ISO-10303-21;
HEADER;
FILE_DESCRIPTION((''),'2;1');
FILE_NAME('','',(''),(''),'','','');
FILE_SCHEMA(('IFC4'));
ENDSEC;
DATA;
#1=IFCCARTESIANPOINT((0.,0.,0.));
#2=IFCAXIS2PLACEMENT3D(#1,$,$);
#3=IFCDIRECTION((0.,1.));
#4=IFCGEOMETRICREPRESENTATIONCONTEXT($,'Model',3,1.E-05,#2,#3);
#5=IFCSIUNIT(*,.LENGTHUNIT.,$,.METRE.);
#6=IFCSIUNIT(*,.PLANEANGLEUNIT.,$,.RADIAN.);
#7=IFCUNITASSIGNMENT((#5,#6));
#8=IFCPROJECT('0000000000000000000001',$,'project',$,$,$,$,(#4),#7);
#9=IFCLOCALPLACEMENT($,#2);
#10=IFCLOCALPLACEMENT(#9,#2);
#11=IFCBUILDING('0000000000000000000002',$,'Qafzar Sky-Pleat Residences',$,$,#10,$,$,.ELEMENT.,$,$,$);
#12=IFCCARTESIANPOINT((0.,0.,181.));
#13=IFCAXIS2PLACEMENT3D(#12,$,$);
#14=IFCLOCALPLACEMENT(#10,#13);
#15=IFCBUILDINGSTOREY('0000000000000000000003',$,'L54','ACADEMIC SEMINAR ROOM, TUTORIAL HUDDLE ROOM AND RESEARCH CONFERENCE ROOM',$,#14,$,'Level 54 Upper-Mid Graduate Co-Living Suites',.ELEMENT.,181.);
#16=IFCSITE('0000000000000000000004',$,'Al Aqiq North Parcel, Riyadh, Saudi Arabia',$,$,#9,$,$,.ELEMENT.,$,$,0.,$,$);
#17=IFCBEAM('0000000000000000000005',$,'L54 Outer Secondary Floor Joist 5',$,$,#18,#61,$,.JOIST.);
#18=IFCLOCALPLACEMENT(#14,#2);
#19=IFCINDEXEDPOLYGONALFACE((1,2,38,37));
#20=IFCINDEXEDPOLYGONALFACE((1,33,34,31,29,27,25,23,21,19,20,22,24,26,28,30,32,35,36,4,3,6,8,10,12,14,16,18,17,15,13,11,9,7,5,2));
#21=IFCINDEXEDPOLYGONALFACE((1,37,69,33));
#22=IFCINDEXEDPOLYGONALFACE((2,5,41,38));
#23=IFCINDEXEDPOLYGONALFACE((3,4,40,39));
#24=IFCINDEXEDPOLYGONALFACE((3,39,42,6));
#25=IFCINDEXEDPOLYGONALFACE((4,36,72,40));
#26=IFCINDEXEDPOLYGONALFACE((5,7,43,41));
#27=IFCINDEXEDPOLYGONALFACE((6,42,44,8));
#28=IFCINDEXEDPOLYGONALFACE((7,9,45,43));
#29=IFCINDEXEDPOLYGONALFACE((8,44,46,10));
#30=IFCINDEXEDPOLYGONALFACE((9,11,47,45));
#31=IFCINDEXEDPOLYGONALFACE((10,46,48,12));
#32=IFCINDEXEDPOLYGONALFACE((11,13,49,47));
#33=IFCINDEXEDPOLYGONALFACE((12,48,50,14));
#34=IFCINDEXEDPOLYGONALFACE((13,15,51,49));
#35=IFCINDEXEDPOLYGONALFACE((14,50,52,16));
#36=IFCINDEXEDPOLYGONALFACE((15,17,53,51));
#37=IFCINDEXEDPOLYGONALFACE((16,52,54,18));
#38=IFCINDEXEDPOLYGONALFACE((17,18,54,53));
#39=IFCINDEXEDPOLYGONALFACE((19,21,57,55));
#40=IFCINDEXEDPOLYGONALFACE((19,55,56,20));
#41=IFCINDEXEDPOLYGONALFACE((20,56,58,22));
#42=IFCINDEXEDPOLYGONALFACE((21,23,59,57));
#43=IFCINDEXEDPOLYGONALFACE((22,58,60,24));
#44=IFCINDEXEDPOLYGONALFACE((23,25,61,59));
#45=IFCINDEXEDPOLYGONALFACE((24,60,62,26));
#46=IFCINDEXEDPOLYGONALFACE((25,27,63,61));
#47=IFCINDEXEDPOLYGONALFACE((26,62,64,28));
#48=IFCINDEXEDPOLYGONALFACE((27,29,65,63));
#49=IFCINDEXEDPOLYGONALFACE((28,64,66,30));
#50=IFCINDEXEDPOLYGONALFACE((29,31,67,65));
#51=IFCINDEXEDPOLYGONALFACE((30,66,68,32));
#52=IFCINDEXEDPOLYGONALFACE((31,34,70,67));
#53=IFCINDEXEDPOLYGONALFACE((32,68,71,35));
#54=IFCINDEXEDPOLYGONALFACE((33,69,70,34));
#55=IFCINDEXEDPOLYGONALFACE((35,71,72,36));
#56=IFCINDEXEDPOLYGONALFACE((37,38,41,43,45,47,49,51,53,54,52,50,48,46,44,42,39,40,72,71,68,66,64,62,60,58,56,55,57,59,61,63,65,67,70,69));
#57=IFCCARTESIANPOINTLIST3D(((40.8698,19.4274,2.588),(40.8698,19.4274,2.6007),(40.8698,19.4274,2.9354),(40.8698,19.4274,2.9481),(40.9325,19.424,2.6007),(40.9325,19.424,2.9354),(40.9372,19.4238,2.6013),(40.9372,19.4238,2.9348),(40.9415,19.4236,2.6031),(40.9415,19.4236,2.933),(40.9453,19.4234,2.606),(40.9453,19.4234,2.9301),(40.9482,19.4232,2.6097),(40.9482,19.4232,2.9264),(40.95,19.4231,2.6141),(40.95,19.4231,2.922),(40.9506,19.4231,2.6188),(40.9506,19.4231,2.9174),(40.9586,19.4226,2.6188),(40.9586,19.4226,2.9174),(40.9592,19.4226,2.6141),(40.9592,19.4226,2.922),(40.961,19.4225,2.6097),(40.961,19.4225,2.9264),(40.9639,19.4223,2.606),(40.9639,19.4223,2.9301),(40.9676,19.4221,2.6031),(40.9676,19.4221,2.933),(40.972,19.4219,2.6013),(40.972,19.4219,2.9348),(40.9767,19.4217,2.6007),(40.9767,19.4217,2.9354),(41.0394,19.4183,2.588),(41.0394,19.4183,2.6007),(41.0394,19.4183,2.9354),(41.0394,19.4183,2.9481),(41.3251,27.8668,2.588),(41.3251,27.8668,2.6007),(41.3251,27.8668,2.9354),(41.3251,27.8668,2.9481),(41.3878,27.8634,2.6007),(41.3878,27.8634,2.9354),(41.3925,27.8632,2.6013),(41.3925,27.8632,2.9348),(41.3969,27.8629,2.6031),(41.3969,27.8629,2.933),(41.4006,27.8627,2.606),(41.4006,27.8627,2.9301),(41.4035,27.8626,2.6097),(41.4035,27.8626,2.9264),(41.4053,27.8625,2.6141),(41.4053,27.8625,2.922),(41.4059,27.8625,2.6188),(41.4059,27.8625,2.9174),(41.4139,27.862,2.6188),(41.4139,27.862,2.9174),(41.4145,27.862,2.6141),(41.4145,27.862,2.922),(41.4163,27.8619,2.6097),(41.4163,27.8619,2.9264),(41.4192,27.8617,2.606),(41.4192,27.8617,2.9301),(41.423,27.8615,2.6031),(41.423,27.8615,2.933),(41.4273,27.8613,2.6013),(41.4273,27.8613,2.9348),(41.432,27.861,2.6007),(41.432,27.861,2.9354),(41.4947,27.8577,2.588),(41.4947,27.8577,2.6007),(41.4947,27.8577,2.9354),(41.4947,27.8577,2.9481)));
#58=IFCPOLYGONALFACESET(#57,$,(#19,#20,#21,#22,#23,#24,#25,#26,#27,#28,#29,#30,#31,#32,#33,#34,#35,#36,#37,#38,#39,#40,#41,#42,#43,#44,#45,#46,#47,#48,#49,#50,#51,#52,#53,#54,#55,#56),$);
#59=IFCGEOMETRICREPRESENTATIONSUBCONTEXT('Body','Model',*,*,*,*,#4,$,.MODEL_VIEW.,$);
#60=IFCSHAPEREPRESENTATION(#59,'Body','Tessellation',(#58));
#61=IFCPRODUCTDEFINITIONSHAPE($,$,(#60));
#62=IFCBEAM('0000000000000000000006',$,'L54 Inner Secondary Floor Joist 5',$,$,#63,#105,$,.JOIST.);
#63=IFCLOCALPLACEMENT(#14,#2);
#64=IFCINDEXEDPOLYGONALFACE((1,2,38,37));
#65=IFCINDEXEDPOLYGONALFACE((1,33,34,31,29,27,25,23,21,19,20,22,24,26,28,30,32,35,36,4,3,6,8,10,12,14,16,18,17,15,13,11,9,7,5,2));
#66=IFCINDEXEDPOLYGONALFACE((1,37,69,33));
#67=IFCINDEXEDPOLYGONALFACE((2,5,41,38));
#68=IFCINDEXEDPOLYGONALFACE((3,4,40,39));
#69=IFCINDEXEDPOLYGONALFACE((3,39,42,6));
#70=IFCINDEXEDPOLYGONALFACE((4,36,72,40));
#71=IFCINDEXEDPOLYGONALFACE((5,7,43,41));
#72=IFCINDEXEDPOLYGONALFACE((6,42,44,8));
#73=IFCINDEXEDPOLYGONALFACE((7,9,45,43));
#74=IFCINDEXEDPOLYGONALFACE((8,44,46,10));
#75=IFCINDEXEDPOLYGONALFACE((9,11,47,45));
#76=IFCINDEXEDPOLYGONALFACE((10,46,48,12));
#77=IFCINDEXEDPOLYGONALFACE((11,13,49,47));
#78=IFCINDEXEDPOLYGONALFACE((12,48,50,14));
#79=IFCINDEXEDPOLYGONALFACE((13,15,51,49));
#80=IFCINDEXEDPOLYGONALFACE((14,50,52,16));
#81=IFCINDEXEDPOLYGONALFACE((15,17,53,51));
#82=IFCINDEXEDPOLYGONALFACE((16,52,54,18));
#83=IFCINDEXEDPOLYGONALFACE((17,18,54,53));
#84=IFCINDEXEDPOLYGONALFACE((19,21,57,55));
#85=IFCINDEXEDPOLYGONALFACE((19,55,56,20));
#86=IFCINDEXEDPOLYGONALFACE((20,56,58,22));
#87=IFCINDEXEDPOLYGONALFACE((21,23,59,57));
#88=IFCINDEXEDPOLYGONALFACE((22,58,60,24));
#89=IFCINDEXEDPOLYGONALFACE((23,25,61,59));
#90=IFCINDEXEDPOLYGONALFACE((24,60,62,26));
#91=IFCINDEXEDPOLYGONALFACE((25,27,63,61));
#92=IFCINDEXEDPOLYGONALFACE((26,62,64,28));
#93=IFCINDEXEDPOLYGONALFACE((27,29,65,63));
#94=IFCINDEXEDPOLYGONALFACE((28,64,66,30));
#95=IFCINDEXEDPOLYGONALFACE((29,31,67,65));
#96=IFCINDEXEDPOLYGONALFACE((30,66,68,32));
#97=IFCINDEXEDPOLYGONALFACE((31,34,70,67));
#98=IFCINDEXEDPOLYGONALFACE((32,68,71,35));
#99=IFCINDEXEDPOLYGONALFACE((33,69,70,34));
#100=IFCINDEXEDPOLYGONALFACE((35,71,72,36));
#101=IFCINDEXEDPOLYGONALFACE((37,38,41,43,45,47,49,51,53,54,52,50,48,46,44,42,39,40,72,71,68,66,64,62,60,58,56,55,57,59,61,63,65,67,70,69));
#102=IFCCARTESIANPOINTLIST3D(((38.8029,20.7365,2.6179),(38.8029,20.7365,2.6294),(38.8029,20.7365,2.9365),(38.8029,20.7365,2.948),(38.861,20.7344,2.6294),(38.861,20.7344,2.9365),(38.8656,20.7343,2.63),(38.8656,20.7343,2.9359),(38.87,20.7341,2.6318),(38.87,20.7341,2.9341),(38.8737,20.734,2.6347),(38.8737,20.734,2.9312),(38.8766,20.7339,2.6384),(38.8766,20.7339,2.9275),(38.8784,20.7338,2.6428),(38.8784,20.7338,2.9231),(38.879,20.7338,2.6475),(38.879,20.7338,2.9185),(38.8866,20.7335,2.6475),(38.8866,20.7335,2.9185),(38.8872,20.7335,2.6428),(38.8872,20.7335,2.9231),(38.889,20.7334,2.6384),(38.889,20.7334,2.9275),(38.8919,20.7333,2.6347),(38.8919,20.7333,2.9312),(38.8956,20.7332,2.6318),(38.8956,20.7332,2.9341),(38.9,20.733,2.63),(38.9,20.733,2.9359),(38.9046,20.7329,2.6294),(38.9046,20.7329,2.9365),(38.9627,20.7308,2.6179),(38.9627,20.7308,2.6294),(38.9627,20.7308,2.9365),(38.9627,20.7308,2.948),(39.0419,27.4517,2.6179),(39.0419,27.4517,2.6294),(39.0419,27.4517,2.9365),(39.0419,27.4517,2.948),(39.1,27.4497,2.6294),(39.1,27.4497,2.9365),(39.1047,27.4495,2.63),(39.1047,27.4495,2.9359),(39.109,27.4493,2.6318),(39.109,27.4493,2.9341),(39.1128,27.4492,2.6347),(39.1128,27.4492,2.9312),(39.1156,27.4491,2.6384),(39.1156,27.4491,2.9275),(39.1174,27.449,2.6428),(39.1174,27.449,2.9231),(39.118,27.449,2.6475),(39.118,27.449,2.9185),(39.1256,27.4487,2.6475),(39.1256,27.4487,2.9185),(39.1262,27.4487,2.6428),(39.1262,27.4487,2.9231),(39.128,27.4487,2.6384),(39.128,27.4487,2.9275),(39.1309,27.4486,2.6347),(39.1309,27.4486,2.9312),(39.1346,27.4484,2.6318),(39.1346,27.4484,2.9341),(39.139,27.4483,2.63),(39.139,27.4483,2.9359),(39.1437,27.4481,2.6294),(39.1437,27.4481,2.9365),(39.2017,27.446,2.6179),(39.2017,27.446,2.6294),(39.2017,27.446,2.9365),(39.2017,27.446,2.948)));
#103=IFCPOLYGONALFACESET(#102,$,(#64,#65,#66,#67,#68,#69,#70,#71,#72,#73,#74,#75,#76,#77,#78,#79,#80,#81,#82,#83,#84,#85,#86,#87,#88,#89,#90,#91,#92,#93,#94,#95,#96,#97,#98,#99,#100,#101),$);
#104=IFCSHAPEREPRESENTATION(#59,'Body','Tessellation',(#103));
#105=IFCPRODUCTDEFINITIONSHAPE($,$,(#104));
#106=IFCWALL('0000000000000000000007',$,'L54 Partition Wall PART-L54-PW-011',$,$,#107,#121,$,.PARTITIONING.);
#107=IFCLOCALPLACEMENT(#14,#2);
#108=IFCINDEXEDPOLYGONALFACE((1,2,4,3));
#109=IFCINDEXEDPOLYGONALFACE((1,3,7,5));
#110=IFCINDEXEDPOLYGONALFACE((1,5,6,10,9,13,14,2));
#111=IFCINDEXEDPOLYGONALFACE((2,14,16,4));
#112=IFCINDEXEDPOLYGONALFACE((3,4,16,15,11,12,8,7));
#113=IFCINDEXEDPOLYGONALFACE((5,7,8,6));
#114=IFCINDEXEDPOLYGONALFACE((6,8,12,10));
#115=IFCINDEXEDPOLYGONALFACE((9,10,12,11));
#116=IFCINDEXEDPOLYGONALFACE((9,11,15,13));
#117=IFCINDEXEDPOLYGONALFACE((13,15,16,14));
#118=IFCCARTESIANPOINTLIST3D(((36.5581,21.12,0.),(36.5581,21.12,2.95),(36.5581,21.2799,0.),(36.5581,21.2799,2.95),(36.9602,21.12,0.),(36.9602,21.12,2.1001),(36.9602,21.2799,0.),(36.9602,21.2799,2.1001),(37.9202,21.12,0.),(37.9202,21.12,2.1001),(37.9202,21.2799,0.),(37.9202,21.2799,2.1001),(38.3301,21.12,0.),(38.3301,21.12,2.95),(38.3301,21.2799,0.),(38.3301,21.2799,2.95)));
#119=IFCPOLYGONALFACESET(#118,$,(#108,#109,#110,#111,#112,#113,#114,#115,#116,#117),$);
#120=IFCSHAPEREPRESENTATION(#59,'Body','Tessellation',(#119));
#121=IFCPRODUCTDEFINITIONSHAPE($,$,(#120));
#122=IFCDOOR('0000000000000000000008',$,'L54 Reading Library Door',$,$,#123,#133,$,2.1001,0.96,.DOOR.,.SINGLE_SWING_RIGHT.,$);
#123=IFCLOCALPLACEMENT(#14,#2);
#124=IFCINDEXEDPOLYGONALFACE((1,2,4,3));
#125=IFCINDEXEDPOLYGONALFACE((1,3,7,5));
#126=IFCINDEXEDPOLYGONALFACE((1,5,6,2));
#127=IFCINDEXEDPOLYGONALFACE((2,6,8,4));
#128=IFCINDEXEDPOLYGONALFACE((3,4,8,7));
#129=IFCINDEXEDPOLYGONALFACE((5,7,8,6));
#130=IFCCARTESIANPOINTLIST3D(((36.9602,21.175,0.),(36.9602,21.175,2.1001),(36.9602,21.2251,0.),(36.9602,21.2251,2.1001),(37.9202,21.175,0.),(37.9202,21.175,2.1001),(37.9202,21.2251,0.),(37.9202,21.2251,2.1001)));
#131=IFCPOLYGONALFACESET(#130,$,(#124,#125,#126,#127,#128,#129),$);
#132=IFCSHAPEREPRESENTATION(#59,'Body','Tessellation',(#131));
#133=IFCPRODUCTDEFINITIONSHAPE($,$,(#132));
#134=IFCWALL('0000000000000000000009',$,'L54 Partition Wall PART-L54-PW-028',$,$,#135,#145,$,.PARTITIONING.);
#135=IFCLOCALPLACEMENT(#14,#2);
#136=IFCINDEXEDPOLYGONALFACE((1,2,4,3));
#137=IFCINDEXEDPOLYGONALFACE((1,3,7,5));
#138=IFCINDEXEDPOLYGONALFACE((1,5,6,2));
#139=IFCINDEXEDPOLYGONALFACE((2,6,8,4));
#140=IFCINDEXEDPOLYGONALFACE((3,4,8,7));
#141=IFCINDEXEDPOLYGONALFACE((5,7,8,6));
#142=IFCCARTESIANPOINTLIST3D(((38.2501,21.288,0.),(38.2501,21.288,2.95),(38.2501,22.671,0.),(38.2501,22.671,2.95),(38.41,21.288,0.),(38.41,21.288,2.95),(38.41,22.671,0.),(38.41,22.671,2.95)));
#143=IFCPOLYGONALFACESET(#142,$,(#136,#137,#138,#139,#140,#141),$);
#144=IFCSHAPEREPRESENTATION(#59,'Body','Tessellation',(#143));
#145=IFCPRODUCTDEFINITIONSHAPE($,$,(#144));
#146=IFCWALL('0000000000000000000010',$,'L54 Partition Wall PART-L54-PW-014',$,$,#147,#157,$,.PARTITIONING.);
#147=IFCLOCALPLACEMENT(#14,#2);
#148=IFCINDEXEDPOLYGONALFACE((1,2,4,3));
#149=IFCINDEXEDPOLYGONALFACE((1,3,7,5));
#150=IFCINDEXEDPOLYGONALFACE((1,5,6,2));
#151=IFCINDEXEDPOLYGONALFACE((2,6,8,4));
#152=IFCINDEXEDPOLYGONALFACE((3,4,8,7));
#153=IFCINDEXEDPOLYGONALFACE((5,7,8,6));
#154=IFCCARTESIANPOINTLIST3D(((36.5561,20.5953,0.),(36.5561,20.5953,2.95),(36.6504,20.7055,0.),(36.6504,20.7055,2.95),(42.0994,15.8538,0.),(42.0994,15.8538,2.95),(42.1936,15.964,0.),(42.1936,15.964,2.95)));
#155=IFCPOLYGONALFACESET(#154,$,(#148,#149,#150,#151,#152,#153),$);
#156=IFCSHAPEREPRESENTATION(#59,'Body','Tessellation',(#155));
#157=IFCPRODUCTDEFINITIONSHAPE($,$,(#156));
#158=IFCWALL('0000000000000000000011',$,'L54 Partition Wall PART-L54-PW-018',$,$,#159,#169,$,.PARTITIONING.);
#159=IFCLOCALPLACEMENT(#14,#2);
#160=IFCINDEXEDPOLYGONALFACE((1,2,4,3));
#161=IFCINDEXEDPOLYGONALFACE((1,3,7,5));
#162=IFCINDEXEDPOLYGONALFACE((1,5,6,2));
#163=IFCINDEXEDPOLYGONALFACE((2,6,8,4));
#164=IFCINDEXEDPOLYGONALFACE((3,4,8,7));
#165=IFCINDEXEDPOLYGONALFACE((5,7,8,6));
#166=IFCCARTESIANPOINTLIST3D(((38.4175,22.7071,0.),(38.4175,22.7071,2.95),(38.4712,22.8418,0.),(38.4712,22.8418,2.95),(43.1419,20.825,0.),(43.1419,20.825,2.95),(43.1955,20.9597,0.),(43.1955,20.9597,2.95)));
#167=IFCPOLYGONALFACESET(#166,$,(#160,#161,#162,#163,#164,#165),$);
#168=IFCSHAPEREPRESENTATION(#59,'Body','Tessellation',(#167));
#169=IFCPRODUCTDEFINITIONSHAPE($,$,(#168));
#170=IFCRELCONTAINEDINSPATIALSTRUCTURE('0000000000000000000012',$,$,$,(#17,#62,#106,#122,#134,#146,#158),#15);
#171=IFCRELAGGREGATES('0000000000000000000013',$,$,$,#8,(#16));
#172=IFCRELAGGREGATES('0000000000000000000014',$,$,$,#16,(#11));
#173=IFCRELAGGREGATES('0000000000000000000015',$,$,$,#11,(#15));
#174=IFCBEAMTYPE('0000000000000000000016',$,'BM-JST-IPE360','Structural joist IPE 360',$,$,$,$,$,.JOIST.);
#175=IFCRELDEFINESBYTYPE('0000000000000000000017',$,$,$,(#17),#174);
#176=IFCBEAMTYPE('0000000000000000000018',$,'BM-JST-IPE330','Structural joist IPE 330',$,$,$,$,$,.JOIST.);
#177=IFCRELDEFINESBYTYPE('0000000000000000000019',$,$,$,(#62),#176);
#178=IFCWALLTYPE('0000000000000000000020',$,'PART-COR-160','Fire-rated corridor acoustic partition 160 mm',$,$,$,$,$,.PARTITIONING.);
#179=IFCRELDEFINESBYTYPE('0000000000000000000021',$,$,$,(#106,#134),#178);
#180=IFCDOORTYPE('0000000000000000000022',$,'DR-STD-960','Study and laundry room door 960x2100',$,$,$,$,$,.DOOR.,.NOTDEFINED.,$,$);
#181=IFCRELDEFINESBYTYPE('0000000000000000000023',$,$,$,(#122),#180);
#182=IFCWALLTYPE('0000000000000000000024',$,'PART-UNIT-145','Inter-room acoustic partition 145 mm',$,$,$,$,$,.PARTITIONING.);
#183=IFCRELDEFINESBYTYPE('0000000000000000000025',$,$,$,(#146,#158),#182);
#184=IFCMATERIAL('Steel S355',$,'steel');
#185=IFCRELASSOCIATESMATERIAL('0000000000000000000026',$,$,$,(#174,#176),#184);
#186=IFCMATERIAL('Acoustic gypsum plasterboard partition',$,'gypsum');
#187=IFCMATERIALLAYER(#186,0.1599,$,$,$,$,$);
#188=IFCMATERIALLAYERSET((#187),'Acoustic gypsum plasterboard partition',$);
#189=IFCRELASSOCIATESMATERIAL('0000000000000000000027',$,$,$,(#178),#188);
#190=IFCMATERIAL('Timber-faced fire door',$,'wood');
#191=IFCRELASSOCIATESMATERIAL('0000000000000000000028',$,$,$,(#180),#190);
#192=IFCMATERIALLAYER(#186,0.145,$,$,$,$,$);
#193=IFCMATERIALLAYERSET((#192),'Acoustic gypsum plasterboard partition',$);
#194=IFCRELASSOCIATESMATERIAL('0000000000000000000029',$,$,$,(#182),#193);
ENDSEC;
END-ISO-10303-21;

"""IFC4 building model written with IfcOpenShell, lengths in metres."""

from ifc_helpers import new_model, si_unit, direction, frame, frame_2d, origin, origin_2d, place, context, subcontext, project, spatial, rectangle, i_section, extrude, source, transform, mapped, material, layer, layer_set, material_profile, profile_set, type_object, element, fill, save


model = new_model("IFC4")

# Units and contexts
model_context = context("Model", 3, precision=1e-05, world=origin(), true_north=direction((0.0, 1.0)))
body_context = subcontext(model_context, "Body", "Model", "MODEL_VIEW")
ifc_project = project(units=[si_unit("LENGTHUNIT", "METRE"), si_unit("PLANEANGLEUNIT", "RADIAN")], contexts=[model_context])

# Site, building, storey
site_placement = place(None, origin())
site = spatial("IfcSite", under=ifc_project, at=site_placement, Name="Al Aqiq North Parcel, Riyadh, Saudi Arabia", CompositionType="ELEMENT", RefElevation=0.0)
building_placement = place(site_placement, origin())
building = spatial("IfcBuilding", under=site, at=building_placement, Name="Qafzar Sky-Pleat Residences", CompositionType="ELEMENT")
storey_placement = place(building_placement, frame((0.0, 0.0, 181.0)))
storey = spatial("IfcBuildingStorey", under=building, at=storey_placement, Name="L54", Description="ACADEMIC SEMINAR ROOM, TUTORIAL HUDDLE ROOM AND RESEARCH CONFERENCE ROOM", LongName="Level 54 Upper-Mid Graduate Co-Living Suites", CompositionType="ELEMENT", Elevation=181.0)

# Shared definitions
ifc_material_1 = material(Name="Steel S355", Category="steel")

# Beams
ifc_material_profile_1 = material_profile(ifc_material_1, i_section(OverallWidth=0.1699, OverallDepth=0.3601, WebThickness=0.0081, FlangeThickness=0.0127, FilletRadius=0.0181, at=origin_2d()), Name="IPE 360")
ifc_profile_set_1 = profile_set([ifc_material_profile_1], Name="Steel S355")
beam_type_1 = type_object("IfcBeamType", Name="BM-JST-IPE360", Description="Structural joist IPE 360", PredefinedType="JOIST", material=ifc_profile_set_1)
shared_shape_1 = source(origin(), body_context, "Body", "SweptSolid", [
    extrude(i_section(OverallWidth=0.1699, OverallDepth=0.3601, WebThickness=0.0081, FlangeThickness=0.0127, FilletRadius=0.0181, at=origin_2d()), origin(), (0.0, 0.0, 1.0), 8.4517),
])
beam_1_placement = place(storey_placement, frame((40.9546, 19.4229, 2.7681), z_axis=(0.053873, 0.998548, 0.0), x_axis=(-0.998548, 0.053873, 0.0)))
element("IfcBeam", 1, at=beam_1_placement, inside=storey, type_object=beam_type_1, Name="L54 Outer Secondary Floor Joist 5", PredefinedType="JOIST", context=body_context, shape_type="MappedRepresentation", body=[
    mapped(shared_shape_1, transform((0.0, 0.0, 0.0), x_axis=(1.0, 0.0, 0.0), y_axis=(0.0, 1.0, 0.0), z_axis=(0.0, 0.0, 1.0), scale=1.0)),
])
ifc_material_profile_2 = material_profile(ifc_material_1, i_section(OverallWidth=0.1599, OverallDepth=0.3301, WebThickness=0.0076, FlangeThickness=0.0115, FilletRadius=0.0181, at=origin_2d()), Name="IPE 330")
ifc_profile_set_2 = profile_set([ifc_material_profile_2], Name="Steel S355")
beam_type_2 = type_object("IfcBeamType", Name="BM-JST-IPE330", Description="Structural joist IPE 330", PredefinedType="JOIST", material=ifc_profile_set_2)
shared_shape_2 = source(origin(), body_context, "Body", "SweptSolid", [
    extrude(i_section(OverallWidth=0.1599, OverallDepth=0.3301, WebThickness=0.0076, FlangeThickness=0.0115, FilletRadius=0.0181, at=origin_2d()), origin(), (0.0, 0.0, 1.0), 6.7195),
])
beam_2_placement = place(storey_placement, frame((38.8828, 20.7336, 2.783), z_axis=(0.03557, 0.999367, 0.0), x_axis=(-0.999367, 0.03557, 0.0)))
element("IfcBeam", 2, at=beam_2_placement, inside=storey, type_object=beam_type_2, Name="L54 Inner Secondary Floor Joist 5", PredefinedType="JOIST", context=body_context, shape_type="MappedRepresentation", body=[
    mapped(shared_shape_2, transform((0.0, 0.0, 0.0), x_axis=(1.0, 0.0, 0.0), y_axis=(0.0, 1.0, 0.0), z_axis=(0.0, 0.0, 1.0), scale=1.0)),
])

# Wall, opening, door
ifc_material_2 = material(Name="Acoustic gypsum plasterboard partition", Category="gypsum")
ifc_layer_1 = layer(ifc_material_2, 0.1599)
ifc_layer_set_1 = layer_set([ifc_layer_1], Name="Acoustic gypsum plasterboard partition")
wall_type_1 = type_object("IfcWallType", Name="PART-COR-160", Description="Fire-rated corridor acoustic partition 160 mm", PredefinedType="PARTITIONING", material=ifc_layer_set_1)
wall_1_placement = place(storey_placement, frame((38.3301, 21.2, 0.0), z_axis=(0.0, 0.0, 1.0), x_axis=(-1.0, 0.0, 0.0)))
wall_1 = element("IfcWall", 3, at=wall_1_placement, inside=storey, type_object=wall_type_1, Name="L54 Partition Wall PART-L54-PW-011", PredefinedType="PARTITIONING", context=body_context, shape_type="SweptSolid", body=[
    extrude(rectangle(XDim=1.772, YDim=0.1599, at=frame_2d((0.886, 0.0))), origin(), (0.0, 0.0, 1.0), 2.95),
])
opening_1_placement = place(wall_1_placement, frame((0.4099, 0.0, 0.0)))
opening_1 = element("IfcOpeningElement", 4, at=opening_1_placement, cuts=wall_1, PredefinedType="OPENING", context=body_context, shape_type="SweptSolid", body=[
    extrude(rectangle(XDim=0.96, YDim=2.1001, at=frame_2d((0.48, 1.05))), frame((0.0, 0.0898, 0.0), z_axis=(0.0, -1.0, 0.0), x_axis=(1.0, 0.0, 0.0)), (0.0, 0.0, 1.0), 0.1799),
])
ifc_material_3 = material(Name="Timber-faced fire door", Category="wood")
door_type_1 = type_object("IfcDoorType", Name="DR-STD-960", Description="Study and laundry room door 960x2100", OperationType="NOTDEFINED", PredefinedType="DOOR", material=ifc_material_3)
shared_shape_3 = source(origin(), body_context, "Body", "SweptSolid", [
    extrude(rectangle(XDim=0.96, YDim=2.1001, at=frame_2d((0.48, 1.05))), frame((0.0, 0.0249, 0.0), z_axis=(0.0, -1.0, 0.0), x_axis=(1.0, 0.0, 0.0)), (0.0, 0.0, 1.0), 0.05),
])
door_1_placement = place(opening_1_placement, origin())
door_1 = element("IfcDoor", 5, at=door_1_placement, inside=storey, type_object=door_type_1, Name="L54 Reading Library Door", OperationType="SINGLE_SWING_RIGHT", OverallHeight=2.1001, OverallWidth=0.96, PredefinedType="DOOR", context=body_context, shape_type="MappedRepresentation", body=[
    mapped(shared_shape_3, transform((0.0, 0.0, 0.0), x_axis=(1.0, 0.0, 0.0), y_axis=(0.0, 1.0, 0.0), z_axis=(0.0, 0.0, 1.0), scale=1.0)),
])
fill(opening_1, door_1)

# Walls
wall_2_placement = place(storey_placement, frame((38.3301, 21.2881, 0.0), z_axis=(0.0, 0.0, 1.0), x_axis=(0.0, 1.0, 0.0)))
element("IfcWall", 6, at=wall_2_placement, inside=storey, type_object=wall_type_1, Name="L54 Partition Wall PART-L54-PW-028", PredefinedType="PARTITIONING", context=body_context, shape_type="SweptSolid", body=[
    extrude(rectangle(XDim=1.3831, YDim=0.1599, at=frame_2d((0.6914, 0.0))), origin(), (0.0, 0.0, 1.0), 2.95),
])
ifc_layer_2 = layer(ifc_material_2, 0.145)
ifc_layer_set_2 = layer_set([ifc_layer_2], Name="Acoustic gypsum plasterboard partition")
wall_type_2 = type_object("IfcWallType", Name="PART-UNIT-145", Description="Inter-room acoustic partition 145 mm", PredefinedType="PARTITIONING", material=ifc_layer_set_2)
wall_3_placement = place(storey_placement, frame((36.6033, 20.6504, 0.0), z_axis=(0.0, 0.0, 1.0), x_axis=(0.759925, -0.650011, 0.0)))
element("IfcWall", 7, at=wall_3_placement, inside=storey, type_object=wall_type_2, Name="L54 Partition Wall PART-L54-PW-014", PredefinedType="PARTITIONING", context=body_context, shape_type="SweptSolid", body=[
    extrude(rectangle(XDim=7.2944, YDim=0.145, at=frame_2d((3.6472, 0.0))), origin(), (0.0, 0.0, 1.0), 2.95),
])
wall_4_placement = place(storey_placement, frame((38.4443, 22.7744, 0.0), z_axis=(0.0, 0.0, 1.0), x_axis=(0.928996, -0.370091, 0.0)))
element("IfcWall", 8, at=wall_4_placement, inside=storey, type_object=wall_type_2, Name="L54 Partition Wall PART-L54-PW-018", PredefinedType="PARTITIONING", context=body_context, shape_type="SweptSolid", body=[
    extrude(rectangle(XDim=5.0854, YDim=0.145, at=frame_2d((2.5427, 0.0))), origin(), (0.0, 0.0, 1.0), 2.95),
])

save(model, "model.ifc")
